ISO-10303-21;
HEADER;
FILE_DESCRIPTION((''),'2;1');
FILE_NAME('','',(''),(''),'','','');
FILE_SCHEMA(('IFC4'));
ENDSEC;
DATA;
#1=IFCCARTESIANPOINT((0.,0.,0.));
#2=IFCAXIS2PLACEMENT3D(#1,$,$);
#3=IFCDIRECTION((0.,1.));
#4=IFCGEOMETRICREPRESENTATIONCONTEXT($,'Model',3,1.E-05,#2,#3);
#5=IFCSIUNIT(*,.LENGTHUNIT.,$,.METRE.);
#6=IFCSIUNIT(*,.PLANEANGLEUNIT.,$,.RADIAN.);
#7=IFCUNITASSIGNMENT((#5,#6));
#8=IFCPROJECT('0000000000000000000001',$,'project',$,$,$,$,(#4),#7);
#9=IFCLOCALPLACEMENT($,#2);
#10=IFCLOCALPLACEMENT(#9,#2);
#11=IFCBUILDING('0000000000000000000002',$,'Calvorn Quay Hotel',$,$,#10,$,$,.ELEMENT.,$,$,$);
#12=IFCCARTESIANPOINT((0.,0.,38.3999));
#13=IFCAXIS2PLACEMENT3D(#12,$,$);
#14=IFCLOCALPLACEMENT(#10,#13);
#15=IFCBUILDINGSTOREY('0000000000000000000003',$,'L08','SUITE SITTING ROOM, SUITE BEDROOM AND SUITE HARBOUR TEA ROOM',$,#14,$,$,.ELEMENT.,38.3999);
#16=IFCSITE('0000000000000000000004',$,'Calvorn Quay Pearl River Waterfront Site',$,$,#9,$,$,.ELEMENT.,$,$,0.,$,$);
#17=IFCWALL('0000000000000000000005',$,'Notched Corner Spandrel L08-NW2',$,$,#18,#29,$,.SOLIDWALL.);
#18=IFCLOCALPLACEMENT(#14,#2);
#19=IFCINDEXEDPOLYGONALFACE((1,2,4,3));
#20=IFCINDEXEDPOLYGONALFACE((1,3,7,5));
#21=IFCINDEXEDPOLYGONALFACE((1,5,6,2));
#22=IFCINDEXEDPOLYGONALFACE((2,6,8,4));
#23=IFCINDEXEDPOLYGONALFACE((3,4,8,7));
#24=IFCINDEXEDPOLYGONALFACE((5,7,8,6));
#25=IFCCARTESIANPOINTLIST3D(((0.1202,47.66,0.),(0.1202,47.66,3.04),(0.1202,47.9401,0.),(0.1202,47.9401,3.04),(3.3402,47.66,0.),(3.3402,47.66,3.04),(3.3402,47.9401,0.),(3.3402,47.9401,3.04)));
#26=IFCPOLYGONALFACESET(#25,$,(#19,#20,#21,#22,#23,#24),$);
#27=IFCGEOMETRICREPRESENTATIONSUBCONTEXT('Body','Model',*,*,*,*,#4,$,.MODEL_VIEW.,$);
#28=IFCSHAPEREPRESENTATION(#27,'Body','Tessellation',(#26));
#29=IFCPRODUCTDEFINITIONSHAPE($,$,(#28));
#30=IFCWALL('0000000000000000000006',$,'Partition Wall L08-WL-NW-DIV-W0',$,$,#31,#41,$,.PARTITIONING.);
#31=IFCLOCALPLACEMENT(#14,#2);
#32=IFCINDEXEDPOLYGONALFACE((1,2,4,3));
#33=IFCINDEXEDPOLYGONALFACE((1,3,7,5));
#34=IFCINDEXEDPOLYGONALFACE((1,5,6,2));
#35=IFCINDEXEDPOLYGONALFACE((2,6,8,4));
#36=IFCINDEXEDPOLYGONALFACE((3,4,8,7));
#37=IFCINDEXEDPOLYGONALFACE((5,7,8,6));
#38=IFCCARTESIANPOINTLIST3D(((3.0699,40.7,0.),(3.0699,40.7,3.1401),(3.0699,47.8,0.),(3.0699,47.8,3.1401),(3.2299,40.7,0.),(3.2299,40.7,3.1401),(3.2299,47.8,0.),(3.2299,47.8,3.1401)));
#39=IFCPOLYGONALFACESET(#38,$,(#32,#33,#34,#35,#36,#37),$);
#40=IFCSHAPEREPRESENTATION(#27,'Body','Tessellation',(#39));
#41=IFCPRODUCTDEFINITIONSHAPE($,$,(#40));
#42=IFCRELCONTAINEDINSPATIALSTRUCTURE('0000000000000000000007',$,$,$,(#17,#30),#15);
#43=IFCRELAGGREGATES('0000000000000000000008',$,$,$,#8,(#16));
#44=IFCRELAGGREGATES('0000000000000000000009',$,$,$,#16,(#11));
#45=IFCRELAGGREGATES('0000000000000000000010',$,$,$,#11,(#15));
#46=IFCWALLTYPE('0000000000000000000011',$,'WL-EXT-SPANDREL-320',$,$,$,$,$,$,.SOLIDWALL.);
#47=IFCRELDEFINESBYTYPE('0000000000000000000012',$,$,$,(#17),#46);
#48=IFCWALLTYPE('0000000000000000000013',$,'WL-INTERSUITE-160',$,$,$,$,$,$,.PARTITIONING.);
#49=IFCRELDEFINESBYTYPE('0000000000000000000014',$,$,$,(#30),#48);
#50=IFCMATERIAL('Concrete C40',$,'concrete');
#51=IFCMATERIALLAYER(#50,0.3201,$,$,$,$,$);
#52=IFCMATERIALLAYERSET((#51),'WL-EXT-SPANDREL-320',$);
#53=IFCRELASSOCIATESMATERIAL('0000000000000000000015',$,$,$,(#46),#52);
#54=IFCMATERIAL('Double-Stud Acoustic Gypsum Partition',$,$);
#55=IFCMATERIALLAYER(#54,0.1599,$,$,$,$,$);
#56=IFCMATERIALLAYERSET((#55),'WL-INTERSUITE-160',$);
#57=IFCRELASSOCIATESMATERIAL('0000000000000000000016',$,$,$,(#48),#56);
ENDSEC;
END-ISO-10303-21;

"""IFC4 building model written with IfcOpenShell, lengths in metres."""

from ifc_helpers import new_model, si_unit, direction, frame, frame_2d, origin, place, context, subcontext, project, spatial, rectangle, extrude, material, layer, layer_set, type_object, element, save


model = new_model("IFC4")

# Units and contexts
model_context = context("Model", 3, precision=1e-05, world=origin(), true_north=direction((0.0, 1.0)))
body_context = subcontext(model_context, "Body", "Model", "MODEL_VIEW")
ifc_project = project(units=[si_unit("LENGTHUNIT", "METRE"), si_unit("PLANEANGLEUNIT", "RADIAN")], contexts=[model_context])

# Site, building, storey
site_placement = place(None, origin())
site = spatial("IfcSite", under=ifc_project, at=site_placement, Name="Calvorn Quay Pearl River Waterfront Site", CompositionType="ELEMENT", RefElevation=0.0)
building_placement = place(site_placement, origin())
building = spatial("IfcBuilding", under=site, at=building_placement, Name="Calvorn Quay Hotel", CompositionType="ELEMENT")
storey_placement = place(building_placement, frame((0.0, 0.0, 38.3999)))
storey = spatial("IfcBuildingStorey", under=building, at=storey_placement, Name="L08", Description="SUITE SITTING ROOM, SUITE BEDROOM AND SUITE HARBOUR TEA ROOM", CompositionType="ELEMENT", Elevation=38.3999)

# Walls
ifc_material_1 = material(Name="Concrete C40", Category="concrete")
ifc_layer_1 = layer(ifc_material_1, 0.3201)
ifc_layer_set_1 = layer_set([ifc_layer_1], Name="WL-EXT-SPANDREL-320")
wall_type_1 = type_object("IfcWallType", Name="WL-EXT-SPANDREL-320", PredefinedType="SOLIDWALL", material=ifc_layer_set_1)
wall_1_placement = place(storey_placement, frame((3.3401, 47.8, 0.0), z_axis=(0.0, 0.0, 1.0), x_axis=(-1.0, 0.0, 0.0)))
element("IfcWall", 1, at=wall_1_placement, inside=storey, type_object=wall_type_1, Name="Notched Corner Spandrel L08-NW2", PredefinedType="SOLIDWALL", context=body_context, shape_type="SweptSolid", body=[
    extrude(rectangle(XDim=3.22, YDim=0.28, at=frame_2d((1.6099, 0.0))), origin(), (0.0, 0.0, 1.0), 3.04),
])
ifc_material_2 = material(Name="Double-Stud Acoustic Gypsum Partition")
ifc_layer_2 = layer(ifc_material_2, 0.1599)
ifc_layer_set_2 = layer_set([ifc_layer_2], Name="WL-INTERSUITE-160")
wall_type_2 = type_object("IfcWallType", Name="WL-INTERSUITE-160", PredefinedType="PARTITIONING", material=ifc_layer_set_2)
wall_2_placement = place(storey_placement, frame((3.1499, 40.7, 0.0), z_axis=(0.0, 0.0, 1.0), x_axis=(0.0, 1.0, 0.0)))
element("IfcWall", 2, at=wall_2_placement, inside=storey, type_object=wall_type_2, Name="Partition Wall L08-WL-NW-DIV-W0", PredefinedType="PARTITIONING", context=body_context, shape_type="SweptSolid", body=[
    extrude(rectangle(XDim=7.1001, YDim=0.1599, at=frame_2d((3.55, 0.0))), origin(), (0.0, 0.0, 1.0), 3.1401),
])

save(model, "model.ifc")
